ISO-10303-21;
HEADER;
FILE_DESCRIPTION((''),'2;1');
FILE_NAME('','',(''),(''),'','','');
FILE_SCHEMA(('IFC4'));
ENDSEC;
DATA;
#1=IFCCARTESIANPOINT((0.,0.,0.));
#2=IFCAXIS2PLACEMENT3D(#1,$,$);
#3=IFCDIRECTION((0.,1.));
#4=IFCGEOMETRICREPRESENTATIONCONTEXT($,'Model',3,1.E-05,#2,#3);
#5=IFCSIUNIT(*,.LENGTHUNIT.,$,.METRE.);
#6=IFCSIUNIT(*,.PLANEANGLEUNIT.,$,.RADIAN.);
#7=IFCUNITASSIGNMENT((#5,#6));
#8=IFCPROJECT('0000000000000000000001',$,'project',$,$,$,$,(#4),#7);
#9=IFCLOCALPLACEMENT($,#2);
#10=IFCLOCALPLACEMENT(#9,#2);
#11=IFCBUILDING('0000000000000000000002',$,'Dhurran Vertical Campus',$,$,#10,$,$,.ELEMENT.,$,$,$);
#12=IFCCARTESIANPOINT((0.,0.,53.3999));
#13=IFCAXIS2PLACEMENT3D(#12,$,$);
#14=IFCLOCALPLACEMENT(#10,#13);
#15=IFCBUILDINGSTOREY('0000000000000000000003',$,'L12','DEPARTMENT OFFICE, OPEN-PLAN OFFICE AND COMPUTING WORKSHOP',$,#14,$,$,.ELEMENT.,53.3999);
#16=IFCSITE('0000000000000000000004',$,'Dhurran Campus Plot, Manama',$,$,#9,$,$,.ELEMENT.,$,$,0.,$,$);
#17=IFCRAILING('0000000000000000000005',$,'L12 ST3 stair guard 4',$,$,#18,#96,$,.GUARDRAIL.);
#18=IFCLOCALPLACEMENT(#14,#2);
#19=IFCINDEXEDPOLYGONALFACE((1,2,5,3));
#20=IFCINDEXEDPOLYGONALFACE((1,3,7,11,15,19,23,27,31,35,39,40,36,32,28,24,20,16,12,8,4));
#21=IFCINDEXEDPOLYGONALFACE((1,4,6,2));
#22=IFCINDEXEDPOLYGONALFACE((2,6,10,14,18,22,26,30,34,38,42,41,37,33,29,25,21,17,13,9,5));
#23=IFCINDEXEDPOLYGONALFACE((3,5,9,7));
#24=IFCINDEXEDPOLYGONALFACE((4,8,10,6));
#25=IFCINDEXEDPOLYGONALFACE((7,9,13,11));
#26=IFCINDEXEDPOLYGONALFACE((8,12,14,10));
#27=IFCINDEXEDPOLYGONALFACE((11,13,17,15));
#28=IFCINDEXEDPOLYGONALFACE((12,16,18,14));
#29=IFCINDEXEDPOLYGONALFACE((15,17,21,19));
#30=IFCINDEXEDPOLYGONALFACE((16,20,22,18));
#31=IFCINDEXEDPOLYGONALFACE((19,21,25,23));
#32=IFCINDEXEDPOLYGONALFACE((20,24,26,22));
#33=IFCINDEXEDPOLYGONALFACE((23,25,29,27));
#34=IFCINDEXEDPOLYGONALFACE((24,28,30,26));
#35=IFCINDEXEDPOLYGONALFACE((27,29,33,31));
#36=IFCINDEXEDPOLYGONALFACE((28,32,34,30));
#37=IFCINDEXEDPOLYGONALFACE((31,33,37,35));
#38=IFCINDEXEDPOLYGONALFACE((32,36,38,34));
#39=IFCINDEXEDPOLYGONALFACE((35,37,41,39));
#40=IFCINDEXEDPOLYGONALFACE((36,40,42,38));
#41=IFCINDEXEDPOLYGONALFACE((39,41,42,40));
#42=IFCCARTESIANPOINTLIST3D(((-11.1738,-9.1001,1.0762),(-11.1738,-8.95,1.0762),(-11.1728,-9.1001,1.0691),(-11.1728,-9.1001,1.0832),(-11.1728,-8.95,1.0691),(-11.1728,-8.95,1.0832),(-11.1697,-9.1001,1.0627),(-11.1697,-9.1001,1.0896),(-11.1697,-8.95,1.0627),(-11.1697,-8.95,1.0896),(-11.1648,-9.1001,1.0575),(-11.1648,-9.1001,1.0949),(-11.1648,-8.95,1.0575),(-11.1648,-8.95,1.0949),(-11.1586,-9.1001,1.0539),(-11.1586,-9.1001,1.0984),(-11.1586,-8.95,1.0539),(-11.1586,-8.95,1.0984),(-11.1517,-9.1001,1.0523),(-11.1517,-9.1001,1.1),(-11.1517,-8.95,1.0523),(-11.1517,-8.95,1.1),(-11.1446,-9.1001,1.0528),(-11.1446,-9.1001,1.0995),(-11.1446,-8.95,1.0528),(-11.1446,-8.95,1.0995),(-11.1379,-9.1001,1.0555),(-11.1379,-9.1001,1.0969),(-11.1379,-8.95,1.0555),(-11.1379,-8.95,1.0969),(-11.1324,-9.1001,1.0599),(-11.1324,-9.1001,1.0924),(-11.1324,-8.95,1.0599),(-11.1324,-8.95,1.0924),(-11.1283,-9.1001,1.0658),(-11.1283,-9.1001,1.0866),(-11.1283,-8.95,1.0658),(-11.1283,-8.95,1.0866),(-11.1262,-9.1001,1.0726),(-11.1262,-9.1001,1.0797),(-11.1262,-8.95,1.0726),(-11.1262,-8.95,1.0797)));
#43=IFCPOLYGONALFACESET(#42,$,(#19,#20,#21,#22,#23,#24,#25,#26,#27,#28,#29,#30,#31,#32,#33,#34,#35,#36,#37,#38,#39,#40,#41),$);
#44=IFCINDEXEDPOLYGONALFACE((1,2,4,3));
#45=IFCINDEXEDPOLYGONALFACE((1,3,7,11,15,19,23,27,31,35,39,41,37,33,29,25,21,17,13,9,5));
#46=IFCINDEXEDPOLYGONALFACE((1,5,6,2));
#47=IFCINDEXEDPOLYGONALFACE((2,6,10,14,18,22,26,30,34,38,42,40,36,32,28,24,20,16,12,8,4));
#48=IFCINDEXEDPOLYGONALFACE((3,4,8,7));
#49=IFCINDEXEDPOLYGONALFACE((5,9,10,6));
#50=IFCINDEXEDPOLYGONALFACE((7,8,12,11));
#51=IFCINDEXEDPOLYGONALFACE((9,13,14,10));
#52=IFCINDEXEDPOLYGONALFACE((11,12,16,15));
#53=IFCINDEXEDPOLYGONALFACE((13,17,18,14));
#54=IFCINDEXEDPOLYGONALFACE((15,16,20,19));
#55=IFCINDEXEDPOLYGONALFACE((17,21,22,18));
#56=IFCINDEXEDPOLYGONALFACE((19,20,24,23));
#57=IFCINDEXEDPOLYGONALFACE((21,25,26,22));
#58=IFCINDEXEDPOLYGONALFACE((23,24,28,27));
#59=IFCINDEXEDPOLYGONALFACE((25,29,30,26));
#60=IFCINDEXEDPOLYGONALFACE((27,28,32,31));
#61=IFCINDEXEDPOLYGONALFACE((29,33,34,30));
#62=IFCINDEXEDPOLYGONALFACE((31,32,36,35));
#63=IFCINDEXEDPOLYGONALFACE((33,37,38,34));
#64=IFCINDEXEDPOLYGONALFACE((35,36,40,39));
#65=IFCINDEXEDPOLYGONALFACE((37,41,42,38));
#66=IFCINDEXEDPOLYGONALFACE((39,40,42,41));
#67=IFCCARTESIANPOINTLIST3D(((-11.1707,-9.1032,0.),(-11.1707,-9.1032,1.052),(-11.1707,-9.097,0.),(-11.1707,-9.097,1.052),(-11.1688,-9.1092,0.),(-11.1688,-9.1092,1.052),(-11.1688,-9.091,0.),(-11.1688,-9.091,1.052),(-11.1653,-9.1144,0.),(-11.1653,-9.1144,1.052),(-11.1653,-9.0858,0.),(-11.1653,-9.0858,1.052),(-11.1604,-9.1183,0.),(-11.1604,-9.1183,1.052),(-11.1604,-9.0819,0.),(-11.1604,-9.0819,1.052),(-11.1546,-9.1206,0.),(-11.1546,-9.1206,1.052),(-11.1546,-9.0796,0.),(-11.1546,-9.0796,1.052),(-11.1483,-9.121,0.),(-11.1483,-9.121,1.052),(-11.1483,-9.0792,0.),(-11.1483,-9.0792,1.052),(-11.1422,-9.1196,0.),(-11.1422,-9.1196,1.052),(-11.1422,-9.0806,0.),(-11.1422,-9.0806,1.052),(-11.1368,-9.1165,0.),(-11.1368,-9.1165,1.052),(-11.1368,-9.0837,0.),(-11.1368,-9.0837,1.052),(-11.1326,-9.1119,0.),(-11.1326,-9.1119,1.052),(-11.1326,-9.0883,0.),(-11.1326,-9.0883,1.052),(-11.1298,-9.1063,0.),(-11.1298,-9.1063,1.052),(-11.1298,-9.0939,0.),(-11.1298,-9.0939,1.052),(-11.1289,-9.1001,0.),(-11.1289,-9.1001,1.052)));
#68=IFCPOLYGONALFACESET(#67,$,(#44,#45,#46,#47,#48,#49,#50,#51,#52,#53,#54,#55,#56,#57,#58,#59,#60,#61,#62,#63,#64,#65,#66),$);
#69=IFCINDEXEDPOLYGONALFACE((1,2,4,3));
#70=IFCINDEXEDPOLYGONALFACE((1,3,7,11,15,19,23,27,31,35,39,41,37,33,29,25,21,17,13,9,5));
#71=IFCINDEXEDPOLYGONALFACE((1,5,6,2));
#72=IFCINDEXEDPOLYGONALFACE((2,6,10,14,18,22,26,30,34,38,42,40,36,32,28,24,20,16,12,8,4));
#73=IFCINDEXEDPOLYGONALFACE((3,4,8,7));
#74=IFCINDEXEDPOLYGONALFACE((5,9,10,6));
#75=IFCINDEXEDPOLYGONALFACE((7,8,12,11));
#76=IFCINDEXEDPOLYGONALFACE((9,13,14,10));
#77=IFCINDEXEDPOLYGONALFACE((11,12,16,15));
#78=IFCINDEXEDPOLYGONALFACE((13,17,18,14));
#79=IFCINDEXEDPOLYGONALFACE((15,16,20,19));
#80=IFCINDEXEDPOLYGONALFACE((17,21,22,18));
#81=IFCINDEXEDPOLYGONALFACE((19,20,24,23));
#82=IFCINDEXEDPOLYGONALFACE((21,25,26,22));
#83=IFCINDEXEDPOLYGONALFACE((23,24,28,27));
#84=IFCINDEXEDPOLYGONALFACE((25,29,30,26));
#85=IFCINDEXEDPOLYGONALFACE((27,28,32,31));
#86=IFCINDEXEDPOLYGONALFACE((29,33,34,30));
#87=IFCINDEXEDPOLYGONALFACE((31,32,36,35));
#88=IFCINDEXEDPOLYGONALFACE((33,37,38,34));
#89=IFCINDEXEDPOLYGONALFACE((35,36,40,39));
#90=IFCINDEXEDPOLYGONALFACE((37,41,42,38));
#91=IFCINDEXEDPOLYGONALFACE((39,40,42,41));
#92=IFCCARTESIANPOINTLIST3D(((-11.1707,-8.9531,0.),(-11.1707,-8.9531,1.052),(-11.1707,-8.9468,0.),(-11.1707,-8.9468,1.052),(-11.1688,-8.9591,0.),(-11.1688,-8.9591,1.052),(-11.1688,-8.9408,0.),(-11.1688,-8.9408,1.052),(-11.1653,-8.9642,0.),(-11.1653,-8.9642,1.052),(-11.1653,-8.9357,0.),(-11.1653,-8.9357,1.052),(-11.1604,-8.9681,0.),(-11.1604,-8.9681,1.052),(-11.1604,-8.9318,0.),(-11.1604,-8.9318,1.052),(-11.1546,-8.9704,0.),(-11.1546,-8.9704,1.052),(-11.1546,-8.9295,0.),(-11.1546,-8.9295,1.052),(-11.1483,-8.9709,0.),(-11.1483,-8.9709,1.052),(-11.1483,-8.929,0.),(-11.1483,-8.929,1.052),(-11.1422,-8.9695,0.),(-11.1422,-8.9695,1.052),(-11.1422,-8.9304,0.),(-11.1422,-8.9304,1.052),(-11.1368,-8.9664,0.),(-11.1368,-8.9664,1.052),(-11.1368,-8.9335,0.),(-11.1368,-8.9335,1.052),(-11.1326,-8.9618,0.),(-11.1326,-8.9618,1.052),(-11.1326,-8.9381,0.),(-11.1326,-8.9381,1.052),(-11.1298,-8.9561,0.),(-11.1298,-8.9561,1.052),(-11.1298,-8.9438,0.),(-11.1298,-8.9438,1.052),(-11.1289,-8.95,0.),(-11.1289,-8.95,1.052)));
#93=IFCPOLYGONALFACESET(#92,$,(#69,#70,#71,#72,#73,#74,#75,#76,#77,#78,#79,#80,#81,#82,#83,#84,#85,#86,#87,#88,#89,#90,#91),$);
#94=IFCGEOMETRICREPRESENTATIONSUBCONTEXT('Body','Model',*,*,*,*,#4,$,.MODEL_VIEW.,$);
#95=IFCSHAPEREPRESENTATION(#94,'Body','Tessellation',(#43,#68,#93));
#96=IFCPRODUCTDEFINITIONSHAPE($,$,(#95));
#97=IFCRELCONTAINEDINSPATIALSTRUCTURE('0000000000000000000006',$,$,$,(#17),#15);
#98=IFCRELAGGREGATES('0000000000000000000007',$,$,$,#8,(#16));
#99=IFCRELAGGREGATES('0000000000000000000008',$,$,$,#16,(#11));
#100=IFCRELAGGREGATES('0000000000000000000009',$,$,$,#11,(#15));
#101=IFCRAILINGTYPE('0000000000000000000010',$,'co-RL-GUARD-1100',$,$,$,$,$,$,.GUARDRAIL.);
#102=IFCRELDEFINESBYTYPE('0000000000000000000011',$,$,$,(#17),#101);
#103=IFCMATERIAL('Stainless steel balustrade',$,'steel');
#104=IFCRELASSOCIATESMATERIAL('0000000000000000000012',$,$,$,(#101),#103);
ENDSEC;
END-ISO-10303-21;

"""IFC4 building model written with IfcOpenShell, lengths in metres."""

from ifc_helpers import new_model, si_unit, direction, frame, origin, origin_2d, place, context, subcontext, project, spatial, circle, extrude, material, type_object, element, save


model = new_model("IFC4")

# Units and contexts
model_context = context("Model", 3, precision=1e-05, world=origin(), true_north=direction((0.0, 1.0)))
body_context = subcontext(model_context, "Body", "Model", "MODEL_VIEW")
ifc_project = project(units=[si_unit("LENGTHUNIT", "METRE"), si_unit("PLANEANGLEUNIT", "RADIAN")], contexts=[model_context])

# Site, building, storey
site_placement = place(None, origin())
site = spatial("IfcSite", under=ifc_project, at=site_placement, Name="Dhurran Campus Plot, Manama", CompositionType="ELEMENT", RefElevation=0.0)
building_placement = place(site_placement, origin())
building = spatial("IfcBuilding", under=site, at=building_placement, Name="Dhurran Vertical Campus", CompositionType="ELEMENT")
storey_placement = place(building_placement, frame((0.0, 0.0, 53.3999)))
storey = spatial("IfcBuildingStorey", under=building, at=storey_placement, Name="L12", Description="DEPARTMENT OFFICE, OPEN-PLAN OFFICE AND COMPUTING WORKSHOP", CompositionType="ELEMENT", Elevation=53.3999)

# Railing
ifc_material_1 = material(Name="Stainless steel balustrade", Category="steel")
railing_type_1 = type_object("IfcRailingType", Name="co-RL-GUARD-1100", PredefinedType="GUARDRAIL", material=ifc_material_1)
railing_1_placement = place(storey_placement, frame((-11.1499, -9.1001, 0.0)))
element("IfcRailing", 1, at=railing_1_placement, inside=storey, type_object=railing_type_1, Name="L12 ST3 stair guard 4", PredefinedType="GUARDRAIL", context=body_context, shape_type="SweptSolid", body=[
    extrude(circle(Radius=0.0239, at=origin_2d()), frame((0.0, 0.0, 1.0762), z_axis=(0.0, 1.0, 0.0), x_axis=(-1.0, 0.0, 0.0)), (0.0, 0.0, 1.0), 0.1501),
    extrude(circle(Radius=0.021, at=origin_2d()), origin(), (0.0, 0.0, 1.0), 1.052),
    extrude(circle(Radius=0.021, at=origin_2d()), frame((0.0, 0.1501, 0.0)), (0.0, 0.0, 1.0), 1.052),
])

save(model, "model.ifc")
